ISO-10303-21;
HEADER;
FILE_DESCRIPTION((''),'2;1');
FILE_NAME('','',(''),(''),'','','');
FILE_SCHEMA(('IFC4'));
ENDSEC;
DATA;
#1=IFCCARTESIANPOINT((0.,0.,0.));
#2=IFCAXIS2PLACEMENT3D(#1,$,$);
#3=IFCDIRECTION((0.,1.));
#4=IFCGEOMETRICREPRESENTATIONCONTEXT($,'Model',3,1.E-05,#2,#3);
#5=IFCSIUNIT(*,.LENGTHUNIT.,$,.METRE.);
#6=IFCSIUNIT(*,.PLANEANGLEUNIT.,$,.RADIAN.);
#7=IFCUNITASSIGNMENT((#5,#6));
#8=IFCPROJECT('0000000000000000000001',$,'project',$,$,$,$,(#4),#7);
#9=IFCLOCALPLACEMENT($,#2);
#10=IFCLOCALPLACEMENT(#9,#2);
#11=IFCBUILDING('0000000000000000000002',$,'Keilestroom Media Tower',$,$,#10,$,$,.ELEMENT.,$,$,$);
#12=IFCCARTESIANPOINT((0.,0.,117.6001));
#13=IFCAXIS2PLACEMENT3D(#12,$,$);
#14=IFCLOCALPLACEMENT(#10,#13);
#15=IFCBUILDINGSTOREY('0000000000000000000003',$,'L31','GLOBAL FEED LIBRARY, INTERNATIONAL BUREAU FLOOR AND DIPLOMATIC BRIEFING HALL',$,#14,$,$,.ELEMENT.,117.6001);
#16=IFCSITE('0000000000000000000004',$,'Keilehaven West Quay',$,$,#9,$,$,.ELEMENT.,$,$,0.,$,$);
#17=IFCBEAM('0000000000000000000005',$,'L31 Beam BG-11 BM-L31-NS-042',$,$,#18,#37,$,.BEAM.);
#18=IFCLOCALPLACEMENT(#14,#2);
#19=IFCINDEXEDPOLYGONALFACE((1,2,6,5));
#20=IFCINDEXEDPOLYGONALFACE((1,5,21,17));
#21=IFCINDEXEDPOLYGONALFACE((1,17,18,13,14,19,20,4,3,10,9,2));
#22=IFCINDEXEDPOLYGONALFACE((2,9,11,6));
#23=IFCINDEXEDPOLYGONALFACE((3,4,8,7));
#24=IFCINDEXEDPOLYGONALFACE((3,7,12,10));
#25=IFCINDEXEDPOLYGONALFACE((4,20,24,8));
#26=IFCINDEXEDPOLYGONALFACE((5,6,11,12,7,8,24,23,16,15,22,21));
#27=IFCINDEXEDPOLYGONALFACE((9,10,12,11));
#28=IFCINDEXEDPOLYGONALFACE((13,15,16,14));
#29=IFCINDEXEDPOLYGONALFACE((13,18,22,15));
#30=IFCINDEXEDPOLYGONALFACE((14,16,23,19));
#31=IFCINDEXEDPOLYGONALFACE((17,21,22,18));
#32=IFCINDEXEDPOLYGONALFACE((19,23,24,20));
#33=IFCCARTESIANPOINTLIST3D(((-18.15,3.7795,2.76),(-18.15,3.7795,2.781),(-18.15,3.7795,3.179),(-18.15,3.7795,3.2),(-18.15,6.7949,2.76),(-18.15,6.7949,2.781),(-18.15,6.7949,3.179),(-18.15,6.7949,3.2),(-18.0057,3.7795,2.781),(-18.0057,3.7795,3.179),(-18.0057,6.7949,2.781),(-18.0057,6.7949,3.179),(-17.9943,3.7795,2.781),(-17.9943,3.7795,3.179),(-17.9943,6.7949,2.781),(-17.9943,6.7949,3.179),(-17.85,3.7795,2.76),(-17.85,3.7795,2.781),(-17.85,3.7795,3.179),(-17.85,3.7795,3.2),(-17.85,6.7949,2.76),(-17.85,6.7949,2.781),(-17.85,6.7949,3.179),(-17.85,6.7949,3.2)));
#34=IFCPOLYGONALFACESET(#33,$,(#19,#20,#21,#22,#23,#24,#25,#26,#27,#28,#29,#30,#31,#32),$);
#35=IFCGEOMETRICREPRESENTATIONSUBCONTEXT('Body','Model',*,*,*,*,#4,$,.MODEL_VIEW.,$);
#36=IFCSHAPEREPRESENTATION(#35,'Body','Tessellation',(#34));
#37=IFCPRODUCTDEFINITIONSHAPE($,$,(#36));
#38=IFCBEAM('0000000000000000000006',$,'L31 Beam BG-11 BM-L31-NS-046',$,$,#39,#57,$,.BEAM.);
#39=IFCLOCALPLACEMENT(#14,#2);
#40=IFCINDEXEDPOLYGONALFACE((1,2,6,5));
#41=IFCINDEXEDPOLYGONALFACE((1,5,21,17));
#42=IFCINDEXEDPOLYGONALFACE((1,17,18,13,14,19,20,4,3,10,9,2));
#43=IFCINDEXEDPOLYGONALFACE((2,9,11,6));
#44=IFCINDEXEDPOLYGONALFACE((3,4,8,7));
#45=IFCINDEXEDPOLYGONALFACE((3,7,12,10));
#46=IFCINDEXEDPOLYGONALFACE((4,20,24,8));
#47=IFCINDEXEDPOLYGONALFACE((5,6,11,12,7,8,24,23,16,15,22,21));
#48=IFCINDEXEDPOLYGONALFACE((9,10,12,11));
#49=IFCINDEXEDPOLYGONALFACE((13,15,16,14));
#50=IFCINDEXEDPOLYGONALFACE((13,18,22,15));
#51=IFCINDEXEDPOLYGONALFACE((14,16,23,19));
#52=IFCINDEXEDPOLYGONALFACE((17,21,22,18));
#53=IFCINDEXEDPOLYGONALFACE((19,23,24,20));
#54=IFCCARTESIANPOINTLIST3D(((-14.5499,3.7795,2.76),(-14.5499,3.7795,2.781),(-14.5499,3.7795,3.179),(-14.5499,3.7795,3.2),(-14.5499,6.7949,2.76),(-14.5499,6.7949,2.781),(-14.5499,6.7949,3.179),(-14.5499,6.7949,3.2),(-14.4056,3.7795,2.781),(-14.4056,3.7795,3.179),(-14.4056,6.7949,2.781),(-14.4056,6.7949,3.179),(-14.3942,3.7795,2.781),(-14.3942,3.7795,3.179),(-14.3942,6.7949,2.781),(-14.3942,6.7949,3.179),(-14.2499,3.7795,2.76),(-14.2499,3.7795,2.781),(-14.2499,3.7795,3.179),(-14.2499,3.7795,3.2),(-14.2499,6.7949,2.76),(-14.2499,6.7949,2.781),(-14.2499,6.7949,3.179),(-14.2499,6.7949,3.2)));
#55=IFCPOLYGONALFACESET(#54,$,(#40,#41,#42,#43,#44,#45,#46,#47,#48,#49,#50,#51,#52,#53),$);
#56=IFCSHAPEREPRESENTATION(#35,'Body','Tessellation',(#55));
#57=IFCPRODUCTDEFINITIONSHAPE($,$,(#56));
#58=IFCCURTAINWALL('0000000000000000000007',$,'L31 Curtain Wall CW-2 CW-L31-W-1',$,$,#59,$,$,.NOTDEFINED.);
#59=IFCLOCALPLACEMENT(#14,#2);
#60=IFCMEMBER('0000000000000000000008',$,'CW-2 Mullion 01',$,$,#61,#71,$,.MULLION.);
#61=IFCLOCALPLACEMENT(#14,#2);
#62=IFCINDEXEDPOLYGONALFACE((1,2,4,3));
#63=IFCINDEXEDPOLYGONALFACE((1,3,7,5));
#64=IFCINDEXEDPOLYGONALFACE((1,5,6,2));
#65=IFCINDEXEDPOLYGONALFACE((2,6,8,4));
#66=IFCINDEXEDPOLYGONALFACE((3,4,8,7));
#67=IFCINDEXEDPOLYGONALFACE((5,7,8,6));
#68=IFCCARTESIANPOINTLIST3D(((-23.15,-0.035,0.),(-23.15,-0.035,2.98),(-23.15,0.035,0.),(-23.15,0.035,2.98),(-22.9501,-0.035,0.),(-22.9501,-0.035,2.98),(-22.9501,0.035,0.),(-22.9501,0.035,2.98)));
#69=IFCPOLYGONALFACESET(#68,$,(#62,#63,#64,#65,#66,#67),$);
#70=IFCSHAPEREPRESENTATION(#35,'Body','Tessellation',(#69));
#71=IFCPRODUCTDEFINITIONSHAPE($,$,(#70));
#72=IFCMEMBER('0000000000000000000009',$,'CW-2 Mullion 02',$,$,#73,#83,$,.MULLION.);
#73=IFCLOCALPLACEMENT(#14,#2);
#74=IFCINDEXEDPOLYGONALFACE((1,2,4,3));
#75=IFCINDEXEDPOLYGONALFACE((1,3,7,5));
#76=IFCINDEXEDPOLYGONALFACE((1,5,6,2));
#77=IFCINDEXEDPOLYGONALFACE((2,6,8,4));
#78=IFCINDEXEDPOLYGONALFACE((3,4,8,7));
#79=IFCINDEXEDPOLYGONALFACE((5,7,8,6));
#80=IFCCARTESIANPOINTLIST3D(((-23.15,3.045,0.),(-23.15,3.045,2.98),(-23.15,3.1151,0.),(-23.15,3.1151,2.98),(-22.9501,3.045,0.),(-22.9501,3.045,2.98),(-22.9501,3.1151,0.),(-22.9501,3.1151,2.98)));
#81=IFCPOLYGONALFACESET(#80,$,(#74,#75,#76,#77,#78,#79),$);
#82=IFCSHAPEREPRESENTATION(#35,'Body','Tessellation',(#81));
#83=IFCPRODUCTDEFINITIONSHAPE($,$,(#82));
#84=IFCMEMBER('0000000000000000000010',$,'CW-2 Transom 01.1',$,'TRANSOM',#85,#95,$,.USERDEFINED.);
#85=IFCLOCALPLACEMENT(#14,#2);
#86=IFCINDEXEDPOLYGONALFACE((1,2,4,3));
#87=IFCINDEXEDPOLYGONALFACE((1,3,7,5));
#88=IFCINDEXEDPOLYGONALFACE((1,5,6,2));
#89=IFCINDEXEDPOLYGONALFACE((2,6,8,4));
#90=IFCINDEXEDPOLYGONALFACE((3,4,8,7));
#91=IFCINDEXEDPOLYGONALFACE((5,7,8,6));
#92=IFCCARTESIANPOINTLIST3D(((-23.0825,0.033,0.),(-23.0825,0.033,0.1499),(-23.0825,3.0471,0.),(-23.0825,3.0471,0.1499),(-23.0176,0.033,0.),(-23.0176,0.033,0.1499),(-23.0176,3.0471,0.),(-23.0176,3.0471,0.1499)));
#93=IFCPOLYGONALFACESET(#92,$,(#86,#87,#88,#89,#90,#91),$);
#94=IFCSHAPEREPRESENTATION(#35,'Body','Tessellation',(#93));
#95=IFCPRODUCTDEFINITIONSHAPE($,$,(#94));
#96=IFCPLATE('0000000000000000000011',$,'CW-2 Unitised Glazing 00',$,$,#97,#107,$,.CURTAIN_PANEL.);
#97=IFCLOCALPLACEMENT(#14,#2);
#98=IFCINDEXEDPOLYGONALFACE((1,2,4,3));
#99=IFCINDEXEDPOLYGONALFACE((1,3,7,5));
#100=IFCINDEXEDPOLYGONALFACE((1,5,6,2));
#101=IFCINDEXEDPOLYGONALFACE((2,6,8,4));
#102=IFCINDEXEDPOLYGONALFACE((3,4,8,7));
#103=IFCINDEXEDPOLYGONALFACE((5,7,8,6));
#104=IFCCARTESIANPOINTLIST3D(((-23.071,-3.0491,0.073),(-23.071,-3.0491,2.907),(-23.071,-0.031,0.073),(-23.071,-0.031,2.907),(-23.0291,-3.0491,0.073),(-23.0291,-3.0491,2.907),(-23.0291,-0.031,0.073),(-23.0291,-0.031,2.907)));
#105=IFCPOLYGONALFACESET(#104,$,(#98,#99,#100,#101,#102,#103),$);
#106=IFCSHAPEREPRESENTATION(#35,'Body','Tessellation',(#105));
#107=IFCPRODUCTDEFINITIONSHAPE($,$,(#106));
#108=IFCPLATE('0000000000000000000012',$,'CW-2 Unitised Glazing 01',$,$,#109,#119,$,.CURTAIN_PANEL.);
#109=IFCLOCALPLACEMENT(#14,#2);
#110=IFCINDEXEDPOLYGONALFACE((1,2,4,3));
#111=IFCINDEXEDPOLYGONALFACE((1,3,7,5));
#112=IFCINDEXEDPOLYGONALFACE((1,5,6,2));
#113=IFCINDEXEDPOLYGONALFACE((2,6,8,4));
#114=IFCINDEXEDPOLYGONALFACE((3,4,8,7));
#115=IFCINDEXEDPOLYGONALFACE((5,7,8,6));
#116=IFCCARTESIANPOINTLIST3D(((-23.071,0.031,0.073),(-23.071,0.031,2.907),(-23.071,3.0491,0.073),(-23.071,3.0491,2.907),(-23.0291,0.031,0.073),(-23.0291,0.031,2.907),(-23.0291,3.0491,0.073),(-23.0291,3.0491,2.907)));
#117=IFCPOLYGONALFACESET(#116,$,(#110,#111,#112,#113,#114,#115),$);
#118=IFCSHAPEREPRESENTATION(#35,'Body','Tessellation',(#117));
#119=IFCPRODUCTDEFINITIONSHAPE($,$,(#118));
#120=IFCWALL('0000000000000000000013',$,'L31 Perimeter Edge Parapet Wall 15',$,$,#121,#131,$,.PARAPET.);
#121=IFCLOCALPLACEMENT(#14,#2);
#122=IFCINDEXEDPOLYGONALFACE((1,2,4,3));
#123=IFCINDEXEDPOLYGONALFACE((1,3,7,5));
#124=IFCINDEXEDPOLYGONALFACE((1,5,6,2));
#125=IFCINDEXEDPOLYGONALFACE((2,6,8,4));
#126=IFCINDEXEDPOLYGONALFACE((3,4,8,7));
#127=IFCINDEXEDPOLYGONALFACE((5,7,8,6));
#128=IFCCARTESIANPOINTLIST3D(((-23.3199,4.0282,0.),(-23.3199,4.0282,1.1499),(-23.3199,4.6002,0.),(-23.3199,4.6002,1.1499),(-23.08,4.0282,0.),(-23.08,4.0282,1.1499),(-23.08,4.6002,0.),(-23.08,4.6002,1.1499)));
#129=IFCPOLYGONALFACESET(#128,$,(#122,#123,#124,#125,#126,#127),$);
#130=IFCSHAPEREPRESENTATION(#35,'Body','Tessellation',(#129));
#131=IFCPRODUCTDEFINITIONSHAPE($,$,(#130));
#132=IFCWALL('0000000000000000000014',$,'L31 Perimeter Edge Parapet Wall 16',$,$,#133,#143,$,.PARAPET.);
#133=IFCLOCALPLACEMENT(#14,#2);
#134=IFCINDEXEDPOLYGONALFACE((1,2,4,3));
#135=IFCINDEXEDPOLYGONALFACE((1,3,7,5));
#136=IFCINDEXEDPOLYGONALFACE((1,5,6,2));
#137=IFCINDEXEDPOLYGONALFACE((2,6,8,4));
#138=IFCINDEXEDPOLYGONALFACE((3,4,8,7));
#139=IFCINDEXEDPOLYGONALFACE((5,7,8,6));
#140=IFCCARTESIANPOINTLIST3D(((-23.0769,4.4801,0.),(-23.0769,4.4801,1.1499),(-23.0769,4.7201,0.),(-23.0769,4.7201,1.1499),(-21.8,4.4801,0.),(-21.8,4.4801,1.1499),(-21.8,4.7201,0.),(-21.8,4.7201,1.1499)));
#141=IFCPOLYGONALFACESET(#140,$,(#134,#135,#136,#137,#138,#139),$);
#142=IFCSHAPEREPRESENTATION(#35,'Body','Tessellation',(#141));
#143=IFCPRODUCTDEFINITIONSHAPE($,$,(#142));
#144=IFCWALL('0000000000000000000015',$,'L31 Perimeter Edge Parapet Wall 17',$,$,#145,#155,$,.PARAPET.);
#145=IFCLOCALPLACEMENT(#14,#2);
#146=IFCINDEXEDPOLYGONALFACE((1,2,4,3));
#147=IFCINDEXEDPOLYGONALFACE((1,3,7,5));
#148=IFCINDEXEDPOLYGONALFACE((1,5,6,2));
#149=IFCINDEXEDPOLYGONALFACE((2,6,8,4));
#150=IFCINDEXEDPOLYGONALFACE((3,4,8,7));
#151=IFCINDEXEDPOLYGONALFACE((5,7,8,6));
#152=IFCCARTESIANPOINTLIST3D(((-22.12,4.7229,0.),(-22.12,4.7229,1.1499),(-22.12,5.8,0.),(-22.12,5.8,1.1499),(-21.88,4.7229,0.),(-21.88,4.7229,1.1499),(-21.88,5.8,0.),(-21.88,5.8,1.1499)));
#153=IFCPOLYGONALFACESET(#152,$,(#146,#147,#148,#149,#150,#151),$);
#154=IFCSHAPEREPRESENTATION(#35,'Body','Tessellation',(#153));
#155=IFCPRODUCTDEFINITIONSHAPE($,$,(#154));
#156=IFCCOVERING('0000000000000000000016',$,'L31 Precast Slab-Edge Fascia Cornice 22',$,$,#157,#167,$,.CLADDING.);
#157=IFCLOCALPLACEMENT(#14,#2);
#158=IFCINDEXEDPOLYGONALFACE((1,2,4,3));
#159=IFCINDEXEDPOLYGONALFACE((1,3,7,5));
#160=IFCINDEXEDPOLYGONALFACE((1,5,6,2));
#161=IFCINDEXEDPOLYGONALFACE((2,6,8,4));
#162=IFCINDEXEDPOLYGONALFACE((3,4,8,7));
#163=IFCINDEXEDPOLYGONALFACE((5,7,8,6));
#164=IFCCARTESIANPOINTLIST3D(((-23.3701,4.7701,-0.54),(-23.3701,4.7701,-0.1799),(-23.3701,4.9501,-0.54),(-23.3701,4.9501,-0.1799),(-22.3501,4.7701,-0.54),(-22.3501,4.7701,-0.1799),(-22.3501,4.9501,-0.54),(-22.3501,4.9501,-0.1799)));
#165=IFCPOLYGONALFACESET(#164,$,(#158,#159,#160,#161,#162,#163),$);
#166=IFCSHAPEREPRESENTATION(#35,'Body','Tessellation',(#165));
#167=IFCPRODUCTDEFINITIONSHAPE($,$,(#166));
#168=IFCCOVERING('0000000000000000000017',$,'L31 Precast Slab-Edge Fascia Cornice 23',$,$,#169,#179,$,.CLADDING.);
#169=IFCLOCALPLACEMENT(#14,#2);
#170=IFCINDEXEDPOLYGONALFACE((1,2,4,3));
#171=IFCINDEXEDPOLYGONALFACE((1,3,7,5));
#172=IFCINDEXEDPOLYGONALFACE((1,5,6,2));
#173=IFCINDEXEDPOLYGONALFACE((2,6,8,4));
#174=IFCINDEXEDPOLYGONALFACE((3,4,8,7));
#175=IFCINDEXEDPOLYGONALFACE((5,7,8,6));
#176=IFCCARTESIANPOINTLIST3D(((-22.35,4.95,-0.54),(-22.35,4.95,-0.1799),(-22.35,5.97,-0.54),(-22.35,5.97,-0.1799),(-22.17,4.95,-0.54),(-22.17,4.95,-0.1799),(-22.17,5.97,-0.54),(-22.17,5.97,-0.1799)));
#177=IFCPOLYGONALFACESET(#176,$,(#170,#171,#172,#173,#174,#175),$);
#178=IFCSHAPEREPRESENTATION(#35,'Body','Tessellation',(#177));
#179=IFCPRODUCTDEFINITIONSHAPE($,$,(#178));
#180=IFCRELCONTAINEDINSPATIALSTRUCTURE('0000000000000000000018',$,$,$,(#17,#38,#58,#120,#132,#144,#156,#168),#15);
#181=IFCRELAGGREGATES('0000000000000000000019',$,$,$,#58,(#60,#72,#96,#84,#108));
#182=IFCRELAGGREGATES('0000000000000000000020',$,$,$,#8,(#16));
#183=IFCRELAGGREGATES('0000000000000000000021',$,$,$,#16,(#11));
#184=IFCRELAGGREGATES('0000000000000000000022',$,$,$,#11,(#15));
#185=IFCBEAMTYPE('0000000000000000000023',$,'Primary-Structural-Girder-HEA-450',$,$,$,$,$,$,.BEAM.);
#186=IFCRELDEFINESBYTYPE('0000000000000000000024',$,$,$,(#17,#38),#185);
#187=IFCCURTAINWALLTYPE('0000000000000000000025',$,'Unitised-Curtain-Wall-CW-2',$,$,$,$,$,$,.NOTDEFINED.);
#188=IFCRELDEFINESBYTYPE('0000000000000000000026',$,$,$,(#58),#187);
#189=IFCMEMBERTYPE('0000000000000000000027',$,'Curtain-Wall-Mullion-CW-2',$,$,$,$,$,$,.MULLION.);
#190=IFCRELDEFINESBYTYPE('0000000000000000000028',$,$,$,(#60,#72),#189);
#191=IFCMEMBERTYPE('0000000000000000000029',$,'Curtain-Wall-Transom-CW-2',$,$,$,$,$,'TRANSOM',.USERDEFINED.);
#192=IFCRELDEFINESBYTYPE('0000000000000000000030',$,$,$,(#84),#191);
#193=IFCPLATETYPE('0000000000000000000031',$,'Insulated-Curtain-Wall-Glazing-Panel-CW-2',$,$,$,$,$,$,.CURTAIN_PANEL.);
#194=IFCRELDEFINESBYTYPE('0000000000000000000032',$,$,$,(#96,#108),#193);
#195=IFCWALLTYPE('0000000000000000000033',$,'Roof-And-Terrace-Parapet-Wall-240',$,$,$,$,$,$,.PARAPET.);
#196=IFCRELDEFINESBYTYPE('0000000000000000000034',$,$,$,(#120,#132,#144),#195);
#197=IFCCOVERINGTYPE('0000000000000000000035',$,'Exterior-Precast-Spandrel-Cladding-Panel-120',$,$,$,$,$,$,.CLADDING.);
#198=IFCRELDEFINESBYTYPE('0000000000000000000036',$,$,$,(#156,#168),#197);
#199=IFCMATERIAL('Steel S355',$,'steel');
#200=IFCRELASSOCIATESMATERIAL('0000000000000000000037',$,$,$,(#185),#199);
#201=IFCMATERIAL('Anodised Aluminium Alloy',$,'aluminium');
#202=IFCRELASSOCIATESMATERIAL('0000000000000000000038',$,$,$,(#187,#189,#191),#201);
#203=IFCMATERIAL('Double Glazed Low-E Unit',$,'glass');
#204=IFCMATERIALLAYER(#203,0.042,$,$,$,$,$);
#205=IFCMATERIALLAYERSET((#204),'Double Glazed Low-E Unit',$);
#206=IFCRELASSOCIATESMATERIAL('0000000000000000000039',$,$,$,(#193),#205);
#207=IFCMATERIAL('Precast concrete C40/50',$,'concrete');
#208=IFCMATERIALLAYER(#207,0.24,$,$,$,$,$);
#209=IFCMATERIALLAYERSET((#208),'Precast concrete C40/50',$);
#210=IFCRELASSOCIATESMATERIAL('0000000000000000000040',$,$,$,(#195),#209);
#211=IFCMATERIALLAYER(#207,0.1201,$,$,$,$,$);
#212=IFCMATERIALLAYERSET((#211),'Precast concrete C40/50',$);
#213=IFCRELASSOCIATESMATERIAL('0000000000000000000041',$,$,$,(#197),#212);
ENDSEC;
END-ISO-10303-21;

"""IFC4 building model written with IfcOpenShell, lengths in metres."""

from ifc_helpers import new_model, si_unit, direction, frame, frame_2d, origin, origin_2d, place, context, subcontext, project, spatial, rectangle, i_section, extrude, source, transform, mapped, material, layer, layer_set, material_profile, profile_set, type_object, element, aggregate, save


model = new_model("IFC4")

# Units and contexts
model_context = context("Model", 3, precision=1e-05, world=origin(), true_north=direction((0.0, 1.0)))
body_context = subcontext(model_context, "Body", "Model", "MODEL_VIEW")
ifc_project = project(units=[si_unit("LENGTHUNIT", "METRE"), si_unit("PLANEANGLEUNIT", "RADIAN")], contexts=[model_context])

# Site, building, storey
site_placement = place(None, origin())
site = spatial("IfcSite", under=ifc_project, at=site_placement, Name="Keilehaven West Quay", CompositionType="ELEMENT", RefElevation=0.0)
building_placement = place(site_placement, origin())
building = spatial("IfcBuilding", under=site, at=building_placement, Name="Keilestroom Media Tower", CompositionType="ELEMENT")
storey_placement = place(building_placement, frame((0.0, 0.0, 117.6001)))
storey = spatial("IfcBuildingStorey", under=building, at=storey_placement, Name="L31", Description="GLOBAL FEED LIBRARY, INTERNATIONAL BUREAU FLOOR AND DIPLOMATIC BRIEFING HALL", CompositionType="ELEMENT", Elevation=117.6001)

# Shared definitions
ifc_material_1 = material(Name="Precast concrete C40/50", Category="concrete")
ifc_material_2 = material(Name="Steel S355", Category="steel")

# Beams
ifc_material_profile_1 = material_profile(ifc_material_2, i_section(OverallWidth=0.3, OverallDepth=0.4399, WebThickness=0.0115, FlangeThickness=0.021, at=origin_2d()), Name="HEA 450")
ifc_profile_set_1 = profile_set([ifc_material_profile_1], Name="Steel S355")
beam_type_1 = type_object("IfcBeamType", Name="Primary-Structural-Girder-HEA-450", PredefinedType="BEAM", material=ifc_profile_set_1)
shared_shape_1 = source(origin(), body_context, "Body", "SweptSolid", [
    extrude(i_section(OverallWidth=0.3, OverallDepth=0.4399, WebThickness=0.0115, FlangeThickness=0.021, at=origin_2d()), origin(), (0.0, 0.0, 1.0), 3.0154),
])
for number, where, z_axis, x_axis, name in (
    (1, (-18.0, 3.7795, 2.98), (0.0, 1.0, 0.0), (-1.0, 0.0, 0.0), "L31 Beam BG-11 BM-L31-NS-042"),
    (2, (-14.3999, 3.7795, 2.98), (0.0, 1.0, 0.0), (-1.0, 0.0, 0.0), "L31 Beam BG-11 BM-L31-NS-046"),
):
    element("IfcBeam", number, at=place(storey_placement, frame(where, z_axis=z_axis, x_axis=x_axis)), inside=storey, type_object=beam_type_1, Name=name, PredefinedType="BEAM", context=body_context, shape_type="MappedRepresentation", body=[
        mapped(shared_shape_1, transform((0.0, 0.0, 0.0), x_axis=(1.0, 0.0, 0.0), y_axis=(0.0, 1.0, 0.0), z_axis=(0.0, 0.0, 1.0), scale=1.0)),
    ])

# Curtain wall, members, plates
ifc_material_3 = material(Name="Anodised Aluminium Alloy", Category="aluminium")
curtain_wall_type = type_object("IfcCurtainWallType", Name="Unitised-Curtain-Wall-CW-2", PredefinedType="NOTDEFINED", material=ifc_material_3)
curtain_wall_placement = place(storey_placement, origin())
curtain_wall = element("IfcCurtainWall", 3, at=curtain_wall_placement, inside=storey, type_object=curtain_wall_type, Name="L31 Curtain Wall CW-2 CW-L31-W-1", PredefinedType="NOTDEFINED")
ifc_material_profile_2 = material_profile(ifc_material_3, rectangle(XDim=0.0701, YDim=0.2, at=origin_2d()), Name="ALU MULLION 70x200")
ifc_profile_set_2 = profile_set([ifc_material_profile_2], Name="Anodised Aluminium Alloy")
member_type_1 = type_object("IfcMemberType", Name="Curtain-Wall-Mullion-CW-2", PredefinedType="MULLION", material=ifc_profile_set_2)
shared_shape_2 = source(origin(), body_context, "Body", "SweptSolid", [
    extrude(rectangle(XDim=0.0701, YDim=0.2, at=origin_2d()), origin(), (0.0, 0.0, 1.0), 2.98),
])
member_1_placement = place(storey_placement, frame((-23.05, 0.0, 0.0), z_axis=(0.0, 0.0, 1.0), x_axis=(0.0, 1.0, 0.0)))
member_1 = element("IfcMember", 4, at=member_1_placement, type_object=member_type_1, Name="CW-2 Mullion 01", PredefinedType="MULLION", context=body_context, shape_type="MappedRepresentation", body=[
    mapped(shared_shape_2, transform((0.0, 0.0, 0.0), x_axis=(1.0, 0.0, 0.0), y_axis=(0.0, 1.0, 0.0), z_axis=(0.0, 0.0, 1.0), scale=1.0)),
])
member_2_placement = place(storey_placement, frame((-23.05, 3.0801, 0.0), z_axis=(0.0, 0.0, 1.0), x_axis=(0.0, 1.0, 0.0)))
member_2 = element("IfcMember", 5, at=member_2_placement, type_object=member_type_1, Name="CW-2 Mullion 02", PredefinedType="MULLION", context=body_context, shape_type="MappedRepresentation", body=[
    mapped(shared_shape_2, transform((0.0, 0.0, 0.0), x_axis=(1.0, 0.0, 0.0), y_axis=(0.0, 1.0, 0.0), z_axis=(0.0, 0.0, 1.0), scale=1.0)),
])
ifc_material_profile_3 = material_profile(ifc_material_3, rectangle(XDim=0.0649, YDim=0.1499, at=origin_2d()), Name="ALU TRANSOM 65x150")
ifc_profile_set_3 = profile_set([ifc_material_profile_3], Name="Anodised Aluminium Alloy")
member_type_2 = type_object("IfcMemberType", Name="Curtain-Wall-Transom-CW-2", ElementType="TRANSOM", PredefinedType="USERDEFINED", material=ifc_profile_set_3)
shared_shape_3 = source(origin(), body_context, "Body", "SweptSolid", [
    extrude(rectangle(XDim=0.0649, YDim=0.1499, at=origin_2d()), origin(), (0.0, 0.0, 1.0), 3.0142),
])
member_3_placement = place(storey_placement, frame((-23.05, 0.033, 0.075), z_axis=(0.0, 1.0, 0.0), x_axis=(-1.0, 0.0, 0.0)))
member_3 = element("IfcMember", 6, at=member_3_placement, type_object=member_type_2, Name="CW-2 Transom 01.1", ObjectType="TRANSOM", PredefinedType="USERDEFINED", context=body_context, shape_type="MappedRepresentation", body=[
    mapped(shared_shape_3, transform((0.0, 0.0, 0.0), x_axis=(1.0, 0.0, 0.0), y_axis=(0.0, 1.0, 0.0), z_axis=(0.0, 0.0, 1.0), scale=1.0)),
])
ifc_material_4 = material(Name="Double Glazed Low-E Unit", Category="glass")
ifc_layer_1 = layer(ifc_material_4, 0.042)
ifc_layer_set_1 = layer_set([ifc_layer_1], Name="Double Glazed Low-E Unit")
plate_type = type_object("IfcPlateType", Name="Insulated-Curtain-Wall-Glazing-Panel-CW-2", PredefinedType="CURTAIN_PANEL", material=ifc_layer_set_1)
shared_shape_4 = source(origin(), body_context, "Body", "SweptSolid", [
    extrude(rectangle(XDim=3.0181, YDim=0.042, at=origin_2d()), origin(), (0.0, 0.0, 1.0), 2.834),
])
plate_1_placement = place(storey_placement, frame((-23.05, -1.54, 0.073), z_axis=(0.0, 0.0, 1.0), x_axis=(0.0, 1.0, 0.0)))
plate_1 = element("IfcPlate", 7, at=plate_1_placement, type_object=plate_type, Name="CW-2 Unitised Glazing 00", PredefinedType="CURTAIN_PANEL", context=body_context, shape_type="MappedRepresentation", body=[
    mapped(shared_shape_4, transform((0.0, 0.0, 0.0), x_axis=(1.0, 0.0, 0.0), y_axis=(0.0, 1.0, 0.0), z_axis=(0.0, 0.0, 1.0), scale=1.0)),
])
plate_2_placement = place(storey_placement, frame((-23.05, 1.54, 0.073), z_axis=(0.0, 0.0, 1.0), x_axis=(0.0, 1.0, 0.0)))
plate_2 = element("IfcPlate", 8, at=plate_2_placement, type_object=plate_type, Name="CW-2 Unitised Glazing 01", PredefinedType="CURTAIN_PANEL", context=body_context, shape_type="MappedRepresentation", body=[
    mapped(shared_shape_4, transform((0.0, 0.0, 0.0), x_axis=(1.0, 0.0, 0.0), y_axis=(0.0, 1.0, 0.0), z_axis=(0.0, 0.0, 1.0), scale=1.0)),
])
aggregate(curtain_wall, [member_1, member_2, plate_1, member_3, plate_2])

# Walls
ifc_layer_2 = layer(ifc_material_1, 0.24)
ifc_layer_set_2 = layer_set([ifc_layer_2], Name="Precast concrete C40/50")
wall_type = type_object("IfcWallType", Name="Roof-And-Terrace-Parapet-Wall-240", PredefinedType="PARAPET", material=ifc_layer_set_2)
wall_1_placement = place(storey_placement, frame((-23.2, 4.0281, 0.0), z_axis=(0.0, 0.0, 1.0), x_axis=(0.0, 1.0, 0.0)))
element("IfcWall", 9, at=wall_1_placement, inside=storey, type_object=wall_type, Name="L31 Perimeter Edge Parapet Wall 15", PredefinedType="PARAPET", context=body_context, shape_type="SweptSolid", body=[
    extrude(rectangle(XDim=0.572, YDim=0.24, at=frame_2d((0.2861, 0.0))), origin(), (0.0, 0.0, 1.0), 1.1499),
])
wall_2_placement = place(storey_placement, frame((-23.0769, 4.6001, 0.0), z_axis=(0.0, 0.0, 1.0), x_axis=(1.0, 0.0, 0.0)))
element("IfcWall", 10, at=wall_2_placement, inside=storey, type_object=wall_type, Name="L31 Perimeter Edge Parapet Wall 16", PredefinedType="PARAPET", context=body_context, shape_type="SweptSolid", body=[
    extrude(rectangle(XDim=1.2769, YDim=0.24, at=frame_2d((0.6384, 0.0))), origin(), (0.0, 0.0, 1.0), 1.1499),
])
wall_3_placement = place(storey_placement, frame((-22.0, 4.7229, 0.0), z_axis=(0.0, 0.0, 1.0), x_axis=(0.0, 1.0, 0.0)))
element("IfcWall", 11, at=wall_3_placement, inside=storey, type_object=wall_type, Name="L31 Perimeter Edge Parapet Wall 17", PredefinedType="PARAPET", context=body_context, shape_type="SweptSolid", body=[
    extrude(rectangle(XDim=1.0771, YDim=0.24, at=frame_2d((0.5386, 0.0))), origin(), (0.0, 0.0, 1.0), 1.1499),
])

# Coverings
ifc_layer_3 = layer(ifc_material_1, 0.1201)
ifc_layer_set_3 = layer_set([ifc_layer_3], Name="Precast concrete C40/50")
covering_type = type_object("IfcCoveringType", Name="Exterior-Precast-Spandrel-Cladding-Panel-120", PredefinedType="CLADDING", material=ifc_layer_set_3)
shared_shape_5 = source(origin(), body_context, "Body", "SweptSolid", [
    extrude(rectangle(XDim=1.02, YDim=0.1799, at=origin_2d()), origin(), (0.0, 0.0, 1.0), 0.3601),
])
for number, where, z_axis, x_axis, name in (
    (12, (-22.8601, 4.8601, -0.54), (0.0, 0.0, 1.0), (1.0, 0.0, 0.0), "L31 Precast Slab-Edge Fascia Cornice 22"),
    (13, (-22.26, 5.46, -0.54), (0.0, 0.0, 1.0), (0.0, 1.0, 0.0), "L31 Precast Slab-Edge Fascia Cornice 23"),
):
    element("IfcCovering", number, at=place(storey_placement, frame(where, z_axis=z_axis, x_axis=x_axis)), inside=storey, type_object=covering_type, Name=name, PredefinedType="CLADDING", context=body_context, shape_type="MappedRepresentation", body=[
        mapped(shared_shape_5, transform((0.0, 0.0, 0.0), x_axis=(1.0, 0.0, 0.0), y_axis=(0.0, 1.0, 0.0), z_axis=(0.0, 0.0, 1.0), scale=1.0)),
    ])

save(model, "model.ifc")
